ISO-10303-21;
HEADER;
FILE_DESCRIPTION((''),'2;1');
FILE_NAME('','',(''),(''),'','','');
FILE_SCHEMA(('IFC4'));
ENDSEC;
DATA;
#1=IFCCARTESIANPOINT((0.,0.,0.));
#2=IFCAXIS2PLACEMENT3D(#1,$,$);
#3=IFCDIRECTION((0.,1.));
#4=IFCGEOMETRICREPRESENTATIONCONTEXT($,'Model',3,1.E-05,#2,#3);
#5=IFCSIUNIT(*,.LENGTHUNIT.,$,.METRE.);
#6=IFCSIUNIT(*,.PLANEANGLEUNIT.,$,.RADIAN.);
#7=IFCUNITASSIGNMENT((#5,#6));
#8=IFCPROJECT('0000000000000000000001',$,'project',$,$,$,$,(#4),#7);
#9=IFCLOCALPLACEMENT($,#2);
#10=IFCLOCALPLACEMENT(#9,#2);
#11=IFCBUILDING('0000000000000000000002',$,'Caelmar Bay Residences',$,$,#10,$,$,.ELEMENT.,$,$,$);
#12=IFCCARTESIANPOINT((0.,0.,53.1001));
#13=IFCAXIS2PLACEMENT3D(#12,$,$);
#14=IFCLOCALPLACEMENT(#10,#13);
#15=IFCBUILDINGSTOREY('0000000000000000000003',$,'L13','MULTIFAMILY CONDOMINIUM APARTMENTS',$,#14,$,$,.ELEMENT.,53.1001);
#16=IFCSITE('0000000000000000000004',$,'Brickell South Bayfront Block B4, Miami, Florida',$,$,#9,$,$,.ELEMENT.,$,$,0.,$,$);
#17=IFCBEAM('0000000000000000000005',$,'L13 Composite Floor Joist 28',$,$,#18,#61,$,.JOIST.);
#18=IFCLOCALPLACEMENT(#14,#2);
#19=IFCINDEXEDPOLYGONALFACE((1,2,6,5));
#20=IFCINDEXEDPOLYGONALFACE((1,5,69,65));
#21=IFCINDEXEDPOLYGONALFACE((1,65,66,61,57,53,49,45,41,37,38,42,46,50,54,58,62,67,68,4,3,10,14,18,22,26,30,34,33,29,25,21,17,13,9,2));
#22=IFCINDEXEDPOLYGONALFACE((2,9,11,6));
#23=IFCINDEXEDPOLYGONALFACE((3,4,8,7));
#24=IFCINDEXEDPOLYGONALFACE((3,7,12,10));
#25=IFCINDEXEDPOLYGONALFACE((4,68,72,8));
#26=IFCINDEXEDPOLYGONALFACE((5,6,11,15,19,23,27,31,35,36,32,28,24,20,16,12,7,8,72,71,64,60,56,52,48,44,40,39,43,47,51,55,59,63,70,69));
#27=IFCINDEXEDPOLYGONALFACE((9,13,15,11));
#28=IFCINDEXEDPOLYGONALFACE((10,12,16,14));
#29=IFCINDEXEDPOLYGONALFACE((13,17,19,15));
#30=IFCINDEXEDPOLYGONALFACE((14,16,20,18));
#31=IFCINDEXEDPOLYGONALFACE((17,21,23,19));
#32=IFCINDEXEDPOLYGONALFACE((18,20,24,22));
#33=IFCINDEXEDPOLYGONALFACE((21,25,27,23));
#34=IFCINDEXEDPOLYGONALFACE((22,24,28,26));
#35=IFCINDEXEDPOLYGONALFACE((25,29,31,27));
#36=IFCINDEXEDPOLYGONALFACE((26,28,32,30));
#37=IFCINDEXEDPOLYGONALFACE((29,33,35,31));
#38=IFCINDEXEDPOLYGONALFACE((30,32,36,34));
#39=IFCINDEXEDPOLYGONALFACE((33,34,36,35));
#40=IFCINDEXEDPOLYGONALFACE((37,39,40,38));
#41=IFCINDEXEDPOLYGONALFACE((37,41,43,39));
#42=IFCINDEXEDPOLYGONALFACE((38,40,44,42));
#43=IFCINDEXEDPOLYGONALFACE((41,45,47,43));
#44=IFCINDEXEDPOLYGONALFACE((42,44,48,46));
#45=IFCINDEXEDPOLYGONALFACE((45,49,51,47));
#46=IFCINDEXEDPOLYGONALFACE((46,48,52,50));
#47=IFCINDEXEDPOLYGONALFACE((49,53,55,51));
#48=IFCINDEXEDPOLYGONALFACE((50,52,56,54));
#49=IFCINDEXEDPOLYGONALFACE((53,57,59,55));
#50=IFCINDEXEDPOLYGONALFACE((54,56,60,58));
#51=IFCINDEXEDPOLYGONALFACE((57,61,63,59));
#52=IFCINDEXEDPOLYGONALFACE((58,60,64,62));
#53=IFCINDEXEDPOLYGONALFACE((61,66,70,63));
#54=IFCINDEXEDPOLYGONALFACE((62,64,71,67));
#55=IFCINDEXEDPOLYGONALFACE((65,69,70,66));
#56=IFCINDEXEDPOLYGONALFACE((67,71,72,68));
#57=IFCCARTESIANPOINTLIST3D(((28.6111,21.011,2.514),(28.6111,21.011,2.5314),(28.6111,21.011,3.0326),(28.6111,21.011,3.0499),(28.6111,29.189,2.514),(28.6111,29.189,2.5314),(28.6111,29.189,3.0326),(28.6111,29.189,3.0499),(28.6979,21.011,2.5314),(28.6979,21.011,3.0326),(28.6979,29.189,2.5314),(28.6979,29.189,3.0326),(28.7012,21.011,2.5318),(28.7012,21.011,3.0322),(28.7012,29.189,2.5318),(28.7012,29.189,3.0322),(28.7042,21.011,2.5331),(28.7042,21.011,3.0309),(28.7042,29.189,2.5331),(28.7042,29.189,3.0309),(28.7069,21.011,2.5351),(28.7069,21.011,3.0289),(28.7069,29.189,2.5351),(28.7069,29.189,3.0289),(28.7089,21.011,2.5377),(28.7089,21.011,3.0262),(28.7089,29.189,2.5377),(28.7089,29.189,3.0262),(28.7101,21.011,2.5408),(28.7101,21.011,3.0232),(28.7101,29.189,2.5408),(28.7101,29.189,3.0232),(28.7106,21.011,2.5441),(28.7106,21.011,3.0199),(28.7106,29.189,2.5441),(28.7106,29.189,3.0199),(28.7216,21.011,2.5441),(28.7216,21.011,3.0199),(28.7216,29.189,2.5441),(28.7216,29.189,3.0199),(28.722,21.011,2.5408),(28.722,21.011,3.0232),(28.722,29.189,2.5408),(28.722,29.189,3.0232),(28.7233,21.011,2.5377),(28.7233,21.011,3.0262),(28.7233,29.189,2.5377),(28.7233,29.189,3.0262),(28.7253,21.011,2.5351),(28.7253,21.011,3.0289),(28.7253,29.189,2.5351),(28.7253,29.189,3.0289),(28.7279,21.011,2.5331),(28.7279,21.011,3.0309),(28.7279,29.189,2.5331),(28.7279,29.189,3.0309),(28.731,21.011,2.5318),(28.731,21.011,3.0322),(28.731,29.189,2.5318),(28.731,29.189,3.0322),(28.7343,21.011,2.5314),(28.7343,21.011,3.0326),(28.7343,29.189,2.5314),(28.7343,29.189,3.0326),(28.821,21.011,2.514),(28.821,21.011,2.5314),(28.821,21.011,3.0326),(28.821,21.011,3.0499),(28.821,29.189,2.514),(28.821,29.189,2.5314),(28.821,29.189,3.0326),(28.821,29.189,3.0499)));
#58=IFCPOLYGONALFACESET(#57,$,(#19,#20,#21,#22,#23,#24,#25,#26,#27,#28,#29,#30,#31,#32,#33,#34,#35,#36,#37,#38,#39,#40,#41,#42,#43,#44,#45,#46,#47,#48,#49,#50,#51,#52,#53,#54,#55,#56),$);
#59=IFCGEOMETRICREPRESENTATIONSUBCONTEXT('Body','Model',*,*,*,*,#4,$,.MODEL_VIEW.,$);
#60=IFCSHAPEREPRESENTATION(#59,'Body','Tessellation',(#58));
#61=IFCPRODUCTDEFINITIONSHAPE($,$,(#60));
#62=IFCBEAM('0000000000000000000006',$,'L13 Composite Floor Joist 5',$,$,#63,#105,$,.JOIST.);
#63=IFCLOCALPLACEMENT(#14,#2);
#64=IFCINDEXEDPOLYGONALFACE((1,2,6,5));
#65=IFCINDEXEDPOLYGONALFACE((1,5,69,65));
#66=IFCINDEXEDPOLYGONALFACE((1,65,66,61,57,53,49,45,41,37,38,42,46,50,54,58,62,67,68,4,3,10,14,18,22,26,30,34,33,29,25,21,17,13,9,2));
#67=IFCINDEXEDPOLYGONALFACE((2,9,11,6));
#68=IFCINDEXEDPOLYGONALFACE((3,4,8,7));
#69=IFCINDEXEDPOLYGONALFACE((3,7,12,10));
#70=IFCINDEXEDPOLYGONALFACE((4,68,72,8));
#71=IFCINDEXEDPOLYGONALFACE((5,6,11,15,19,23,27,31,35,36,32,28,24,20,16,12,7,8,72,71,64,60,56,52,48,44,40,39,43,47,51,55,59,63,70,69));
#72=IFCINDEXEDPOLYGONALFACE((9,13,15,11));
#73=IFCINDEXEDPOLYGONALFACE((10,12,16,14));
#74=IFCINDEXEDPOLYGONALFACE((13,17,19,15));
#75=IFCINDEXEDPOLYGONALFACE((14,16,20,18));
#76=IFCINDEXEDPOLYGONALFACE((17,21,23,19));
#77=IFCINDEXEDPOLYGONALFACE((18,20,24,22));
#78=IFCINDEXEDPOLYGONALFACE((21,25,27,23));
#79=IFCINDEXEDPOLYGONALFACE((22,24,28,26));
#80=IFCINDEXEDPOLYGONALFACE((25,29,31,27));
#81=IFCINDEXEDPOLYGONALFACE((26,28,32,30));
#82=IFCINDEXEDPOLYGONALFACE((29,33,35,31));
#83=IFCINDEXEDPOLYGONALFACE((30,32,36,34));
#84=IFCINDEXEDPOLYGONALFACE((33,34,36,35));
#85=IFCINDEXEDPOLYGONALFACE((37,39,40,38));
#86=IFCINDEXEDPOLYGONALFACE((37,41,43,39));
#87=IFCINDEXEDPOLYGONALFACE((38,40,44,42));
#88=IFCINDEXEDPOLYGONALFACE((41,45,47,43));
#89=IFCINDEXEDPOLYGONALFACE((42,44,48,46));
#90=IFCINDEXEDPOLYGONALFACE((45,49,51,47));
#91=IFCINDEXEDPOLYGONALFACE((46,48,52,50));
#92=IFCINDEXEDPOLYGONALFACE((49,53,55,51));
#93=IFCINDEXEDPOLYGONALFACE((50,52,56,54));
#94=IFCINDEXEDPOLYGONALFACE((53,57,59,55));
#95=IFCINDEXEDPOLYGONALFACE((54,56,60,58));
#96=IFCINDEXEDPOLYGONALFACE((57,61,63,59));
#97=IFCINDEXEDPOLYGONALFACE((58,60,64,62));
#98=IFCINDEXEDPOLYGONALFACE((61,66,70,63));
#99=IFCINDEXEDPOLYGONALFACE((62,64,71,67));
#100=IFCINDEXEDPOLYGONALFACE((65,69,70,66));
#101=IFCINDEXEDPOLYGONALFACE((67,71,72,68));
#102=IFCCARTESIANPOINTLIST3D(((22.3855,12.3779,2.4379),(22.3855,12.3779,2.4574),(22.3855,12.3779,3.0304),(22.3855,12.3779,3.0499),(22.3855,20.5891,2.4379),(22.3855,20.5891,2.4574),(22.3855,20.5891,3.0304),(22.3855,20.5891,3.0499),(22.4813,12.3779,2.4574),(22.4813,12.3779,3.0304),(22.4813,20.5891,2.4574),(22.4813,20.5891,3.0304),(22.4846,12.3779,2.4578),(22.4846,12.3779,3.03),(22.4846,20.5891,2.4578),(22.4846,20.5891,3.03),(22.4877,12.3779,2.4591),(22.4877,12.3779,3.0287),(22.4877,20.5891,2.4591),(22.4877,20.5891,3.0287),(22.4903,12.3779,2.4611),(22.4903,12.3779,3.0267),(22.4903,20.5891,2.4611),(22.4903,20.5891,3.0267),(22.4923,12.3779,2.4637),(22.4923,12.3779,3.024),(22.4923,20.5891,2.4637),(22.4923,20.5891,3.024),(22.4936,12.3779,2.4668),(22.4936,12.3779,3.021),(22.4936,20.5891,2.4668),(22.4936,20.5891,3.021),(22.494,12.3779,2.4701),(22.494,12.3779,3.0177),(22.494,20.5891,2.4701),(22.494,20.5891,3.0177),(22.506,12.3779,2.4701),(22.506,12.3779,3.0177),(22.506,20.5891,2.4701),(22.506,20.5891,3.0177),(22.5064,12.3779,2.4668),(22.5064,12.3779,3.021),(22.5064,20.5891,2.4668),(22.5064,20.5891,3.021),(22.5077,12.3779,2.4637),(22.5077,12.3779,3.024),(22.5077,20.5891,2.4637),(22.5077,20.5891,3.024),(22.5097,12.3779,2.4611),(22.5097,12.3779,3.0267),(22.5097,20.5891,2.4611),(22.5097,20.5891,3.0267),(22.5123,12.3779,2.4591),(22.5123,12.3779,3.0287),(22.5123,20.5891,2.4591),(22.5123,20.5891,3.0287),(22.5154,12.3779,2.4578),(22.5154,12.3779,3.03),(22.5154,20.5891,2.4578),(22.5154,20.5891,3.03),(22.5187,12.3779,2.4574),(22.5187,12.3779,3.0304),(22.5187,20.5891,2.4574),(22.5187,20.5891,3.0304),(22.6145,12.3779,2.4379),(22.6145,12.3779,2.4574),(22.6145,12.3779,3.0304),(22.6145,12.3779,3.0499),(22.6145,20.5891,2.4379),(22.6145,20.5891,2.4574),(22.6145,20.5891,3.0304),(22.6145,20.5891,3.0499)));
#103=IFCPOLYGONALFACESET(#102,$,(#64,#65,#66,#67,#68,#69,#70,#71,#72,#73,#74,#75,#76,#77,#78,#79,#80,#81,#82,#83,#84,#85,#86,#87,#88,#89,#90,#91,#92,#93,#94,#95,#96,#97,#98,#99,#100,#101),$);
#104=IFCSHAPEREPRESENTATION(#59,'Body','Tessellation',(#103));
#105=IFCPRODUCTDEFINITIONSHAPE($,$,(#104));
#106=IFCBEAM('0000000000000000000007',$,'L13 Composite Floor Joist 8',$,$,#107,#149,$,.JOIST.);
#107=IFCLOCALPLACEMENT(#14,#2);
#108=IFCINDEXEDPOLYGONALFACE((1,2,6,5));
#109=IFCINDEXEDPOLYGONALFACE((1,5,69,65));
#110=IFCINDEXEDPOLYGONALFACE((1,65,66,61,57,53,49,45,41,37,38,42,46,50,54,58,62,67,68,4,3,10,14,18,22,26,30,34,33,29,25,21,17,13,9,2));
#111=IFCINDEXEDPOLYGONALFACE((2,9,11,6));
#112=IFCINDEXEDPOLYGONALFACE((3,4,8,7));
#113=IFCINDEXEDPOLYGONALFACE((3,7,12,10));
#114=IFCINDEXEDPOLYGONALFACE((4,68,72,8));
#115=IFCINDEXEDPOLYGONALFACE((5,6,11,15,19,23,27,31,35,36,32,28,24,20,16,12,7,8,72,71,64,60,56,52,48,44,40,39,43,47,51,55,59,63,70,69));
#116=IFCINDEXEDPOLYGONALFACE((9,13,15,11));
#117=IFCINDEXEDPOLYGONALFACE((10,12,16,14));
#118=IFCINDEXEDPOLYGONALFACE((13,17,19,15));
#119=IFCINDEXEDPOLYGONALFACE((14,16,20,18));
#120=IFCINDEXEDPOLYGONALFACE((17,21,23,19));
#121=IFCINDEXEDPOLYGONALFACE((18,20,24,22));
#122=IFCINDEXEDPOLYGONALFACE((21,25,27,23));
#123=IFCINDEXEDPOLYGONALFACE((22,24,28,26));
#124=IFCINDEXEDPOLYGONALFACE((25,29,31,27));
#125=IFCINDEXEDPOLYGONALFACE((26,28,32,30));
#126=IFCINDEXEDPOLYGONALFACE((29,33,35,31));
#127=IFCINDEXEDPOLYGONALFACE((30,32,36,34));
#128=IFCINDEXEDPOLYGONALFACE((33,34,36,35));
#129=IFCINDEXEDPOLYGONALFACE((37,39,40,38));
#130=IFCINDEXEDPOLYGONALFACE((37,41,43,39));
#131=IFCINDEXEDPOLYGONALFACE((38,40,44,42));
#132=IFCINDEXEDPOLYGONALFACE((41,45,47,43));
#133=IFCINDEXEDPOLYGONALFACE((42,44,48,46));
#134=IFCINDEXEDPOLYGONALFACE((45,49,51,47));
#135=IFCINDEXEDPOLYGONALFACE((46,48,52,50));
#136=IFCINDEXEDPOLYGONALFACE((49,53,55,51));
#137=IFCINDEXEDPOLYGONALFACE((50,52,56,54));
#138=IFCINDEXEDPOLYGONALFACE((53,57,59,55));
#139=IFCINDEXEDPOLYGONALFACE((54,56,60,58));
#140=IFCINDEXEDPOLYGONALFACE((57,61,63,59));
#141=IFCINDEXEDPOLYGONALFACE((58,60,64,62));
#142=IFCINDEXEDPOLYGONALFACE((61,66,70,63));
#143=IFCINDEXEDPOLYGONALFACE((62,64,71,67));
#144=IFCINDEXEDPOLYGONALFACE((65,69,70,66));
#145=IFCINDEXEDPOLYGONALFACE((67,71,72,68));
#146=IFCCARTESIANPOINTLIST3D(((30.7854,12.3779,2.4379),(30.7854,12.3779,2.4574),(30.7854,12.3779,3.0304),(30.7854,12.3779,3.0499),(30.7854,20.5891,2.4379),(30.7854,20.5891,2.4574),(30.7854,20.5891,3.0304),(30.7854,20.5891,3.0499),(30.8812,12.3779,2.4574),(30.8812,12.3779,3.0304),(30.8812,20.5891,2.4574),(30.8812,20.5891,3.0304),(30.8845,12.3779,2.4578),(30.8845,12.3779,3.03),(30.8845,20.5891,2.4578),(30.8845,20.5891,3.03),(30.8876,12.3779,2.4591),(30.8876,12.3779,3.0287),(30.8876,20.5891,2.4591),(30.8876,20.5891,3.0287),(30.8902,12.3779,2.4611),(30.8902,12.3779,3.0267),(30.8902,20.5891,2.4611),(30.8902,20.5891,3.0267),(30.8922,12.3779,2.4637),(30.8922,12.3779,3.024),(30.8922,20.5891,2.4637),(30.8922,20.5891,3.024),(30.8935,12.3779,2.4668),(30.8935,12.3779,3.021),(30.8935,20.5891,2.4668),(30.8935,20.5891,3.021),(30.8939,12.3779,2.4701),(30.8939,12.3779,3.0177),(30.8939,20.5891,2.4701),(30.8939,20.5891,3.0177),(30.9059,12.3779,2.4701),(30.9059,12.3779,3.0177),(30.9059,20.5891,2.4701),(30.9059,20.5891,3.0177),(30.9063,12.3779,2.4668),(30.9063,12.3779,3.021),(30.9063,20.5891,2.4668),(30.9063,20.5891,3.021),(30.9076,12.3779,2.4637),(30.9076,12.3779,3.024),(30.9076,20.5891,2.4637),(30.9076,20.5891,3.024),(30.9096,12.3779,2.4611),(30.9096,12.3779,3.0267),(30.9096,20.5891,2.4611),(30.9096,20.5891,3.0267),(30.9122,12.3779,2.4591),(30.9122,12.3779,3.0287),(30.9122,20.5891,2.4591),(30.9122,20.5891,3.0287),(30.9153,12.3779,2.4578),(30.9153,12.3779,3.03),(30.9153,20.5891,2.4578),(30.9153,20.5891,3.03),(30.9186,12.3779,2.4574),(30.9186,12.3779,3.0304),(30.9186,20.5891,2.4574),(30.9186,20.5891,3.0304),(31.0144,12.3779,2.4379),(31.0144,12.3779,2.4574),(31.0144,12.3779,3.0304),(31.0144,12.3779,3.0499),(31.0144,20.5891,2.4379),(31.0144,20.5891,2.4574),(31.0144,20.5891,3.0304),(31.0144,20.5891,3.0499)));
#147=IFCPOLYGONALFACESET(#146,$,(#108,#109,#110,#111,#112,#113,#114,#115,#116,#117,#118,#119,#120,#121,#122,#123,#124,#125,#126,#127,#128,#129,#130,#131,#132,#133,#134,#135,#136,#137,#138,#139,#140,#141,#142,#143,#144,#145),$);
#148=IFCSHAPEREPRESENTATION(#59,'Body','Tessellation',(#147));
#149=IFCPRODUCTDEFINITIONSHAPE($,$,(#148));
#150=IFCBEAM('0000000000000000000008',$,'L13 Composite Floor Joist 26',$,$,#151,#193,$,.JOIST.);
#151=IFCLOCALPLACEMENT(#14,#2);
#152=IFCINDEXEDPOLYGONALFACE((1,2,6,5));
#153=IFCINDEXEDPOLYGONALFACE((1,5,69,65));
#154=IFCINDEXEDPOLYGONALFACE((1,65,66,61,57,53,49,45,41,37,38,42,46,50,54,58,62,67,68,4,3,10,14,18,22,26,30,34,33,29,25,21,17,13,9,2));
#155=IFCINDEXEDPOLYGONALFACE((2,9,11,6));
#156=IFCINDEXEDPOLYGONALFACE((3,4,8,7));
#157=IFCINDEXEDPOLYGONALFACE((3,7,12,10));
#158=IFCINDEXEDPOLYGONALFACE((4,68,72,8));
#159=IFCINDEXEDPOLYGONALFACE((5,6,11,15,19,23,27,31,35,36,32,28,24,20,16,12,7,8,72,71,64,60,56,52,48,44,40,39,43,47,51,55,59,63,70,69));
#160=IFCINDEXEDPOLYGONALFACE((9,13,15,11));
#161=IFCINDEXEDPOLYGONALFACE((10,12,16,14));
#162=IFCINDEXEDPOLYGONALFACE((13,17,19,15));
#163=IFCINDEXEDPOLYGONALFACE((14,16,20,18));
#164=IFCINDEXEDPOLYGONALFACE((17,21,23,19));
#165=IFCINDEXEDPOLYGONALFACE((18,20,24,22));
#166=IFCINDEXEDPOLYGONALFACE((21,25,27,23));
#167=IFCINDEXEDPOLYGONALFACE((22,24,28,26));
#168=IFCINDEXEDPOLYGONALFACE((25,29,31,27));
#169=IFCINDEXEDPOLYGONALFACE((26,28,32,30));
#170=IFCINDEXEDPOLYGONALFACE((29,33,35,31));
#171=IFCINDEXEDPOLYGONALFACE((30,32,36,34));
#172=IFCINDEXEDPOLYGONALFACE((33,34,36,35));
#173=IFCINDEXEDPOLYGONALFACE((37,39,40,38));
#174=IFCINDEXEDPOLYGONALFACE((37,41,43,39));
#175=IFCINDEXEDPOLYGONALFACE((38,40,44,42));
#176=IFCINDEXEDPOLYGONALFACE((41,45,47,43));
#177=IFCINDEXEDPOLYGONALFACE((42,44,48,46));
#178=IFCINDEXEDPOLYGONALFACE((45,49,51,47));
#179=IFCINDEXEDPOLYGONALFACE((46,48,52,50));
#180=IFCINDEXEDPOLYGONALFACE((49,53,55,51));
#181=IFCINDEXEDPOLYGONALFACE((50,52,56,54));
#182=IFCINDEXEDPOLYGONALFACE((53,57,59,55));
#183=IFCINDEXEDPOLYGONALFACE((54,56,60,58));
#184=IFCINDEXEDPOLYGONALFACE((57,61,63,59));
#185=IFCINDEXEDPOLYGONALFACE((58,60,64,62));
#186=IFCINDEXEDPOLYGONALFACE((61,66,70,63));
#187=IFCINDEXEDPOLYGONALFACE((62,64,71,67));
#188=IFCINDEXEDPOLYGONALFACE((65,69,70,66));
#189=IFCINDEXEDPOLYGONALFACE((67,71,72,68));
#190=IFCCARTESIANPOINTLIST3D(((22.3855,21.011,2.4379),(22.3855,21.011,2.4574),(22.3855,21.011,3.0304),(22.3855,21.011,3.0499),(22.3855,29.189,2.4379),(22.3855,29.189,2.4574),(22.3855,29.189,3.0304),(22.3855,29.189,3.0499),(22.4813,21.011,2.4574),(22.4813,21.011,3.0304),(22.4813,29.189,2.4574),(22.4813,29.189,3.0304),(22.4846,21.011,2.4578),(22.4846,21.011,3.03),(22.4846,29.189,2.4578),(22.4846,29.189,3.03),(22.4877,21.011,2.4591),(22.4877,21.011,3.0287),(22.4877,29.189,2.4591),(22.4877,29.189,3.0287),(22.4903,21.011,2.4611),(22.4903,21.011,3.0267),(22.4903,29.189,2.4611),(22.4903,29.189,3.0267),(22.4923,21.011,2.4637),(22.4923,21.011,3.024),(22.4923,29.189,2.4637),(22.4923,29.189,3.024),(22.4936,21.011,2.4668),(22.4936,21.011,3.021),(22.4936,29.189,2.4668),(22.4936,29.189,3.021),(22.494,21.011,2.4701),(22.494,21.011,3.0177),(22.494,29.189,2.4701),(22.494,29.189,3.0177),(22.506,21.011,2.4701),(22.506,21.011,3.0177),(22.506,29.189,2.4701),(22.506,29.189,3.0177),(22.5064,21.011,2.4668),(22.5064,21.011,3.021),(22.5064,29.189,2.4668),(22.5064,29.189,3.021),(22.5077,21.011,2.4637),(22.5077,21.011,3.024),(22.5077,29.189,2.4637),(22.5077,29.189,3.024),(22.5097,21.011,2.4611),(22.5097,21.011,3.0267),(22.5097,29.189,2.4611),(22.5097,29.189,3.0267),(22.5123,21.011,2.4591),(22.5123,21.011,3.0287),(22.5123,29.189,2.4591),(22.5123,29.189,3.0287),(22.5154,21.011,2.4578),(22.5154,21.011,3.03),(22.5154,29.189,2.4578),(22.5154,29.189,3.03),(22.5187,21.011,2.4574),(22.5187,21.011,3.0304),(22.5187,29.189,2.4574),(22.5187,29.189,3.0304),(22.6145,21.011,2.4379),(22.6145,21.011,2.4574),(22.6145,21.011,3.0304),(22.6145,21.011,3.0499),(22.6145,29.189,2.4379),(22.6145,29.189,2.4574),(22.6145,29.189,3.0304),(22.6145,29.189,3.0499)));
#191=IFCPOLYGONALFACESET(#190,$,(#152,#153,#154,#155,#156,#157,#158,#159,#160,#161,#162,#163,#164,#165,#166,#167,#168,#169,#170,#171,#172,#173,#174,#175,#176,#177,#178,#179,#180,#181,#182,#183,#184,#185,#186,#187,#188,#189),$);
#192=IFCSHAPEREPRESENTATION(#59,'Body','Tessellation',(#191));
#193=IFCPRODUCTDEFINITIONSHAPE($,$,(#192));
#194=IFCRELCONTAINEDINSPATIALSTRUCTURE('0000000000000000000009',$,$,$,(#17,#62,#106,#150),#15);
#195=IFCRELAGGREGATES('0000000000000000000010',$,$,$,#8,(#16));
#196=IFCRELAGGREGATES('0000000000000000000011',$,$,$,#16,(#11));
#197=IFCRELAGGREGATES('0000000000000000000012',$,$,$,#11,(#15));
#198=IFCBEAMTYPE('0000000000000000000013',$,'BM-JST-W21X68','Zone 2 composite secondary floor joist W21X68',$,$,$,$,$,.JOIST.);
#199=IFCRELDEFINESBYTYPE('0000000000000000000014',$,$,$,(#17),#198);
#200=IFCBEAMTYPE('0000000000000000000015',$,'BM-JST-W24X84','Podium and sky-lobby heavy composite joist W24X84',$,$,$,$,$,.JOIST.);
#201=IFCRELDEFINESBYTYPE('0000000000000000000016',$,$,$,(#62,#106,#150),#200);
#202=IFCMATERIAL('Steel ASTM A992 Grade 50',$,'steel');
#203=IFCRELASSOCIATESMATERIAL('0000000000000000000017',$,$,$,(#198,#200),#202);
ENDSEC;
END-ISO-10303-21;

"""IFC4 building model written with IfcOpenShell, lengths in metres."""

from ifc_helpers import new_model, si_unit, direction, frame, origin, origin_2d, place, context, subcontext, project, spatial, i_section, extrude, material, material_profile, profile_set, type_object, element, save


model = new_model("IFC4")

# Units and contexts
model_context = context("Model", 3, precision=1e-05, world=origin(), true_north=direction((0.0, 1.0)))
body_context = subcontext(model_context, "Body", "Model", "MODEL_VIEW")
ifc_project = project(units=[si_unit("LENGTHUNIT", "METRE"), si_unit("PLANEANGLEUNIT", "RADIAN")], contexts=[model_context])

# Site, building, storey
site_placement = place(None, origin())
site = spatial("IfcSite", under=ifc_project, at=site_placement, Name="Brickell South Bayfront Block B4, Miami, Florida", CompositionType="ELEMENT", RefElevation=0.0)
building_placement = place(site_placement, origin())
building = spatial("IfcBuilding", under=site, at=building_placement, Name="Caelmar Bay Residences", CompositionType="ELEMENT")
storey_placement = place(building_placement, frame((0.0, 0.0, 53.1001)))
storey = spatial("IfcBuildingStorey", under=building, at=storey_placement, Name="L13", Description="MULTIFAMILY CONDOMINIUM APARTMENTS", CompositionType="ELEMENT", Elevation=53.1001)

# Beams
ifc_material_1 = material(Name="Steel ASTM A992 Grade 50", Category="steel")
ifc_material_profile_1 = material_profile(ifc_material_1, i_section(OverallWidth=0.21, OverallDepth=0.5359, WebThickness=0.011, FlangeThickness=0.0173, FilletRadius=0.0127, at=origin_2d()), Name="W21X68")
ifc_profile_set_1 = profile_set([ifc_material_profile_1], Name="Steel ASTM A992 Grade 50")
beam_type_1 = type_object("IfcBeamType", Name="BM-JST-W21X68", Description="Zone 2 composite secondary floor joist W21X68", PredefinedType="JOIST", material=ifc_profile_set_1)
for number, where, z_axis, x_axis, name in (
    (1, (28.7161, 21.011, 2.782), (0.0, 1.0, 0.0), (-1.0, 0.0, 0.0), "L13 Composite Floor Joist 28"),
):
    element("IfcBeam", number, at=place(storey_placement, frame(where, z_axis=z_axis, x_axis=x_axis)), inside=storey, type_object=beam_type_1, Name=name, PredefinedType="JOIST", context=body_context, shape_type="SweptSolid", body=[
        extrude(i_section(OverallWidth=0.21, OverallDepth=0.5359, WebThickness=0.011, FlangeThickness=0.0173, FilletRadius=0.0127, at=origin_2d()), origin(), (0.0, 0.0, 1.0), 8.178),
    ])
ifc_material_profile_2 = material_profile(ifc_material_1, i_section(OverallWidth=0.229, OverallDepth=0.6121, WebThickness=0.012, FlangeThickness=0.0195, FilletRadius=0.0127, at=origin_2d()), Name="W24X84")
ifc_profile_set_2 = profile_set([ifc_material_profile_2], Name="Steel ASTM A992 Grade 50")
beam_type_2 = type_object("IfcBeamType", Name="BM-JST-W24X84", Description="Podium and sky-lobby heavy composite joist W24X84", PredefinedType="JOIST", material=ifc_profile_set_2)
for number, where, z_axis, x_axis, name in (
    (2, (22.5, 12.3779, 2.7439), (0.0, 1.0, 0.0), (-1.0, 0.0, 0.0), "L13 Composite Floor Joist 5"),
    (3, (30.8999, 12.3779, 2.7439), (0.0, 1.0, 0.0), (-1.0, 0.0, 0.0), "L13 Composite Floor Joist 8"),
):
    element("IfcBeam", number, at=place(storey_placement, frame(where, z_axis=z_axis, x_axis=x_axis)), inside=storey, type_object=beam_type_2, Name=name, PredefinedType="JOIST", context=body_context, shape_type="SweptSolid", body=[
        extrude(i_section(OverallWidth=0.229, OverallDepth=0.6121, WebThickness=0.012, FlangeThickness=0.0195, FilletRadius=0.0127, at=origin_2d()), origin(), (0.0, 0.0, 1.0), 8.2112),
    ])
for number, where, z_axis, x_axis, name in (
    (4, (22.5, 21.011, 2.7439), (0.0, 1.0, 0.0), (-1.0, 0.0, 0.0), "L13 Composite Floor Joist 26"),
):
    element("IfcBeam", number, at=place(storey_placement, frame(where, z_axis=z_axis, x_axis=x_axis)), inside=storey, type_object=beam_type_2, Name=name, PredefinedType="JOIST", context=body_context, shape_type="SweptSolid", body=[
        extrude(i_section(OverallWidth=0.229, OverallDepth=0.6121, WebThickness=0.012, FlangeThickness=0.0195, FilletRadius=0.0127, at=origin_2d()), origin(), (0.0, 0.0, 1.0), 8.178),
    ])

save(model, "model.ifc")
